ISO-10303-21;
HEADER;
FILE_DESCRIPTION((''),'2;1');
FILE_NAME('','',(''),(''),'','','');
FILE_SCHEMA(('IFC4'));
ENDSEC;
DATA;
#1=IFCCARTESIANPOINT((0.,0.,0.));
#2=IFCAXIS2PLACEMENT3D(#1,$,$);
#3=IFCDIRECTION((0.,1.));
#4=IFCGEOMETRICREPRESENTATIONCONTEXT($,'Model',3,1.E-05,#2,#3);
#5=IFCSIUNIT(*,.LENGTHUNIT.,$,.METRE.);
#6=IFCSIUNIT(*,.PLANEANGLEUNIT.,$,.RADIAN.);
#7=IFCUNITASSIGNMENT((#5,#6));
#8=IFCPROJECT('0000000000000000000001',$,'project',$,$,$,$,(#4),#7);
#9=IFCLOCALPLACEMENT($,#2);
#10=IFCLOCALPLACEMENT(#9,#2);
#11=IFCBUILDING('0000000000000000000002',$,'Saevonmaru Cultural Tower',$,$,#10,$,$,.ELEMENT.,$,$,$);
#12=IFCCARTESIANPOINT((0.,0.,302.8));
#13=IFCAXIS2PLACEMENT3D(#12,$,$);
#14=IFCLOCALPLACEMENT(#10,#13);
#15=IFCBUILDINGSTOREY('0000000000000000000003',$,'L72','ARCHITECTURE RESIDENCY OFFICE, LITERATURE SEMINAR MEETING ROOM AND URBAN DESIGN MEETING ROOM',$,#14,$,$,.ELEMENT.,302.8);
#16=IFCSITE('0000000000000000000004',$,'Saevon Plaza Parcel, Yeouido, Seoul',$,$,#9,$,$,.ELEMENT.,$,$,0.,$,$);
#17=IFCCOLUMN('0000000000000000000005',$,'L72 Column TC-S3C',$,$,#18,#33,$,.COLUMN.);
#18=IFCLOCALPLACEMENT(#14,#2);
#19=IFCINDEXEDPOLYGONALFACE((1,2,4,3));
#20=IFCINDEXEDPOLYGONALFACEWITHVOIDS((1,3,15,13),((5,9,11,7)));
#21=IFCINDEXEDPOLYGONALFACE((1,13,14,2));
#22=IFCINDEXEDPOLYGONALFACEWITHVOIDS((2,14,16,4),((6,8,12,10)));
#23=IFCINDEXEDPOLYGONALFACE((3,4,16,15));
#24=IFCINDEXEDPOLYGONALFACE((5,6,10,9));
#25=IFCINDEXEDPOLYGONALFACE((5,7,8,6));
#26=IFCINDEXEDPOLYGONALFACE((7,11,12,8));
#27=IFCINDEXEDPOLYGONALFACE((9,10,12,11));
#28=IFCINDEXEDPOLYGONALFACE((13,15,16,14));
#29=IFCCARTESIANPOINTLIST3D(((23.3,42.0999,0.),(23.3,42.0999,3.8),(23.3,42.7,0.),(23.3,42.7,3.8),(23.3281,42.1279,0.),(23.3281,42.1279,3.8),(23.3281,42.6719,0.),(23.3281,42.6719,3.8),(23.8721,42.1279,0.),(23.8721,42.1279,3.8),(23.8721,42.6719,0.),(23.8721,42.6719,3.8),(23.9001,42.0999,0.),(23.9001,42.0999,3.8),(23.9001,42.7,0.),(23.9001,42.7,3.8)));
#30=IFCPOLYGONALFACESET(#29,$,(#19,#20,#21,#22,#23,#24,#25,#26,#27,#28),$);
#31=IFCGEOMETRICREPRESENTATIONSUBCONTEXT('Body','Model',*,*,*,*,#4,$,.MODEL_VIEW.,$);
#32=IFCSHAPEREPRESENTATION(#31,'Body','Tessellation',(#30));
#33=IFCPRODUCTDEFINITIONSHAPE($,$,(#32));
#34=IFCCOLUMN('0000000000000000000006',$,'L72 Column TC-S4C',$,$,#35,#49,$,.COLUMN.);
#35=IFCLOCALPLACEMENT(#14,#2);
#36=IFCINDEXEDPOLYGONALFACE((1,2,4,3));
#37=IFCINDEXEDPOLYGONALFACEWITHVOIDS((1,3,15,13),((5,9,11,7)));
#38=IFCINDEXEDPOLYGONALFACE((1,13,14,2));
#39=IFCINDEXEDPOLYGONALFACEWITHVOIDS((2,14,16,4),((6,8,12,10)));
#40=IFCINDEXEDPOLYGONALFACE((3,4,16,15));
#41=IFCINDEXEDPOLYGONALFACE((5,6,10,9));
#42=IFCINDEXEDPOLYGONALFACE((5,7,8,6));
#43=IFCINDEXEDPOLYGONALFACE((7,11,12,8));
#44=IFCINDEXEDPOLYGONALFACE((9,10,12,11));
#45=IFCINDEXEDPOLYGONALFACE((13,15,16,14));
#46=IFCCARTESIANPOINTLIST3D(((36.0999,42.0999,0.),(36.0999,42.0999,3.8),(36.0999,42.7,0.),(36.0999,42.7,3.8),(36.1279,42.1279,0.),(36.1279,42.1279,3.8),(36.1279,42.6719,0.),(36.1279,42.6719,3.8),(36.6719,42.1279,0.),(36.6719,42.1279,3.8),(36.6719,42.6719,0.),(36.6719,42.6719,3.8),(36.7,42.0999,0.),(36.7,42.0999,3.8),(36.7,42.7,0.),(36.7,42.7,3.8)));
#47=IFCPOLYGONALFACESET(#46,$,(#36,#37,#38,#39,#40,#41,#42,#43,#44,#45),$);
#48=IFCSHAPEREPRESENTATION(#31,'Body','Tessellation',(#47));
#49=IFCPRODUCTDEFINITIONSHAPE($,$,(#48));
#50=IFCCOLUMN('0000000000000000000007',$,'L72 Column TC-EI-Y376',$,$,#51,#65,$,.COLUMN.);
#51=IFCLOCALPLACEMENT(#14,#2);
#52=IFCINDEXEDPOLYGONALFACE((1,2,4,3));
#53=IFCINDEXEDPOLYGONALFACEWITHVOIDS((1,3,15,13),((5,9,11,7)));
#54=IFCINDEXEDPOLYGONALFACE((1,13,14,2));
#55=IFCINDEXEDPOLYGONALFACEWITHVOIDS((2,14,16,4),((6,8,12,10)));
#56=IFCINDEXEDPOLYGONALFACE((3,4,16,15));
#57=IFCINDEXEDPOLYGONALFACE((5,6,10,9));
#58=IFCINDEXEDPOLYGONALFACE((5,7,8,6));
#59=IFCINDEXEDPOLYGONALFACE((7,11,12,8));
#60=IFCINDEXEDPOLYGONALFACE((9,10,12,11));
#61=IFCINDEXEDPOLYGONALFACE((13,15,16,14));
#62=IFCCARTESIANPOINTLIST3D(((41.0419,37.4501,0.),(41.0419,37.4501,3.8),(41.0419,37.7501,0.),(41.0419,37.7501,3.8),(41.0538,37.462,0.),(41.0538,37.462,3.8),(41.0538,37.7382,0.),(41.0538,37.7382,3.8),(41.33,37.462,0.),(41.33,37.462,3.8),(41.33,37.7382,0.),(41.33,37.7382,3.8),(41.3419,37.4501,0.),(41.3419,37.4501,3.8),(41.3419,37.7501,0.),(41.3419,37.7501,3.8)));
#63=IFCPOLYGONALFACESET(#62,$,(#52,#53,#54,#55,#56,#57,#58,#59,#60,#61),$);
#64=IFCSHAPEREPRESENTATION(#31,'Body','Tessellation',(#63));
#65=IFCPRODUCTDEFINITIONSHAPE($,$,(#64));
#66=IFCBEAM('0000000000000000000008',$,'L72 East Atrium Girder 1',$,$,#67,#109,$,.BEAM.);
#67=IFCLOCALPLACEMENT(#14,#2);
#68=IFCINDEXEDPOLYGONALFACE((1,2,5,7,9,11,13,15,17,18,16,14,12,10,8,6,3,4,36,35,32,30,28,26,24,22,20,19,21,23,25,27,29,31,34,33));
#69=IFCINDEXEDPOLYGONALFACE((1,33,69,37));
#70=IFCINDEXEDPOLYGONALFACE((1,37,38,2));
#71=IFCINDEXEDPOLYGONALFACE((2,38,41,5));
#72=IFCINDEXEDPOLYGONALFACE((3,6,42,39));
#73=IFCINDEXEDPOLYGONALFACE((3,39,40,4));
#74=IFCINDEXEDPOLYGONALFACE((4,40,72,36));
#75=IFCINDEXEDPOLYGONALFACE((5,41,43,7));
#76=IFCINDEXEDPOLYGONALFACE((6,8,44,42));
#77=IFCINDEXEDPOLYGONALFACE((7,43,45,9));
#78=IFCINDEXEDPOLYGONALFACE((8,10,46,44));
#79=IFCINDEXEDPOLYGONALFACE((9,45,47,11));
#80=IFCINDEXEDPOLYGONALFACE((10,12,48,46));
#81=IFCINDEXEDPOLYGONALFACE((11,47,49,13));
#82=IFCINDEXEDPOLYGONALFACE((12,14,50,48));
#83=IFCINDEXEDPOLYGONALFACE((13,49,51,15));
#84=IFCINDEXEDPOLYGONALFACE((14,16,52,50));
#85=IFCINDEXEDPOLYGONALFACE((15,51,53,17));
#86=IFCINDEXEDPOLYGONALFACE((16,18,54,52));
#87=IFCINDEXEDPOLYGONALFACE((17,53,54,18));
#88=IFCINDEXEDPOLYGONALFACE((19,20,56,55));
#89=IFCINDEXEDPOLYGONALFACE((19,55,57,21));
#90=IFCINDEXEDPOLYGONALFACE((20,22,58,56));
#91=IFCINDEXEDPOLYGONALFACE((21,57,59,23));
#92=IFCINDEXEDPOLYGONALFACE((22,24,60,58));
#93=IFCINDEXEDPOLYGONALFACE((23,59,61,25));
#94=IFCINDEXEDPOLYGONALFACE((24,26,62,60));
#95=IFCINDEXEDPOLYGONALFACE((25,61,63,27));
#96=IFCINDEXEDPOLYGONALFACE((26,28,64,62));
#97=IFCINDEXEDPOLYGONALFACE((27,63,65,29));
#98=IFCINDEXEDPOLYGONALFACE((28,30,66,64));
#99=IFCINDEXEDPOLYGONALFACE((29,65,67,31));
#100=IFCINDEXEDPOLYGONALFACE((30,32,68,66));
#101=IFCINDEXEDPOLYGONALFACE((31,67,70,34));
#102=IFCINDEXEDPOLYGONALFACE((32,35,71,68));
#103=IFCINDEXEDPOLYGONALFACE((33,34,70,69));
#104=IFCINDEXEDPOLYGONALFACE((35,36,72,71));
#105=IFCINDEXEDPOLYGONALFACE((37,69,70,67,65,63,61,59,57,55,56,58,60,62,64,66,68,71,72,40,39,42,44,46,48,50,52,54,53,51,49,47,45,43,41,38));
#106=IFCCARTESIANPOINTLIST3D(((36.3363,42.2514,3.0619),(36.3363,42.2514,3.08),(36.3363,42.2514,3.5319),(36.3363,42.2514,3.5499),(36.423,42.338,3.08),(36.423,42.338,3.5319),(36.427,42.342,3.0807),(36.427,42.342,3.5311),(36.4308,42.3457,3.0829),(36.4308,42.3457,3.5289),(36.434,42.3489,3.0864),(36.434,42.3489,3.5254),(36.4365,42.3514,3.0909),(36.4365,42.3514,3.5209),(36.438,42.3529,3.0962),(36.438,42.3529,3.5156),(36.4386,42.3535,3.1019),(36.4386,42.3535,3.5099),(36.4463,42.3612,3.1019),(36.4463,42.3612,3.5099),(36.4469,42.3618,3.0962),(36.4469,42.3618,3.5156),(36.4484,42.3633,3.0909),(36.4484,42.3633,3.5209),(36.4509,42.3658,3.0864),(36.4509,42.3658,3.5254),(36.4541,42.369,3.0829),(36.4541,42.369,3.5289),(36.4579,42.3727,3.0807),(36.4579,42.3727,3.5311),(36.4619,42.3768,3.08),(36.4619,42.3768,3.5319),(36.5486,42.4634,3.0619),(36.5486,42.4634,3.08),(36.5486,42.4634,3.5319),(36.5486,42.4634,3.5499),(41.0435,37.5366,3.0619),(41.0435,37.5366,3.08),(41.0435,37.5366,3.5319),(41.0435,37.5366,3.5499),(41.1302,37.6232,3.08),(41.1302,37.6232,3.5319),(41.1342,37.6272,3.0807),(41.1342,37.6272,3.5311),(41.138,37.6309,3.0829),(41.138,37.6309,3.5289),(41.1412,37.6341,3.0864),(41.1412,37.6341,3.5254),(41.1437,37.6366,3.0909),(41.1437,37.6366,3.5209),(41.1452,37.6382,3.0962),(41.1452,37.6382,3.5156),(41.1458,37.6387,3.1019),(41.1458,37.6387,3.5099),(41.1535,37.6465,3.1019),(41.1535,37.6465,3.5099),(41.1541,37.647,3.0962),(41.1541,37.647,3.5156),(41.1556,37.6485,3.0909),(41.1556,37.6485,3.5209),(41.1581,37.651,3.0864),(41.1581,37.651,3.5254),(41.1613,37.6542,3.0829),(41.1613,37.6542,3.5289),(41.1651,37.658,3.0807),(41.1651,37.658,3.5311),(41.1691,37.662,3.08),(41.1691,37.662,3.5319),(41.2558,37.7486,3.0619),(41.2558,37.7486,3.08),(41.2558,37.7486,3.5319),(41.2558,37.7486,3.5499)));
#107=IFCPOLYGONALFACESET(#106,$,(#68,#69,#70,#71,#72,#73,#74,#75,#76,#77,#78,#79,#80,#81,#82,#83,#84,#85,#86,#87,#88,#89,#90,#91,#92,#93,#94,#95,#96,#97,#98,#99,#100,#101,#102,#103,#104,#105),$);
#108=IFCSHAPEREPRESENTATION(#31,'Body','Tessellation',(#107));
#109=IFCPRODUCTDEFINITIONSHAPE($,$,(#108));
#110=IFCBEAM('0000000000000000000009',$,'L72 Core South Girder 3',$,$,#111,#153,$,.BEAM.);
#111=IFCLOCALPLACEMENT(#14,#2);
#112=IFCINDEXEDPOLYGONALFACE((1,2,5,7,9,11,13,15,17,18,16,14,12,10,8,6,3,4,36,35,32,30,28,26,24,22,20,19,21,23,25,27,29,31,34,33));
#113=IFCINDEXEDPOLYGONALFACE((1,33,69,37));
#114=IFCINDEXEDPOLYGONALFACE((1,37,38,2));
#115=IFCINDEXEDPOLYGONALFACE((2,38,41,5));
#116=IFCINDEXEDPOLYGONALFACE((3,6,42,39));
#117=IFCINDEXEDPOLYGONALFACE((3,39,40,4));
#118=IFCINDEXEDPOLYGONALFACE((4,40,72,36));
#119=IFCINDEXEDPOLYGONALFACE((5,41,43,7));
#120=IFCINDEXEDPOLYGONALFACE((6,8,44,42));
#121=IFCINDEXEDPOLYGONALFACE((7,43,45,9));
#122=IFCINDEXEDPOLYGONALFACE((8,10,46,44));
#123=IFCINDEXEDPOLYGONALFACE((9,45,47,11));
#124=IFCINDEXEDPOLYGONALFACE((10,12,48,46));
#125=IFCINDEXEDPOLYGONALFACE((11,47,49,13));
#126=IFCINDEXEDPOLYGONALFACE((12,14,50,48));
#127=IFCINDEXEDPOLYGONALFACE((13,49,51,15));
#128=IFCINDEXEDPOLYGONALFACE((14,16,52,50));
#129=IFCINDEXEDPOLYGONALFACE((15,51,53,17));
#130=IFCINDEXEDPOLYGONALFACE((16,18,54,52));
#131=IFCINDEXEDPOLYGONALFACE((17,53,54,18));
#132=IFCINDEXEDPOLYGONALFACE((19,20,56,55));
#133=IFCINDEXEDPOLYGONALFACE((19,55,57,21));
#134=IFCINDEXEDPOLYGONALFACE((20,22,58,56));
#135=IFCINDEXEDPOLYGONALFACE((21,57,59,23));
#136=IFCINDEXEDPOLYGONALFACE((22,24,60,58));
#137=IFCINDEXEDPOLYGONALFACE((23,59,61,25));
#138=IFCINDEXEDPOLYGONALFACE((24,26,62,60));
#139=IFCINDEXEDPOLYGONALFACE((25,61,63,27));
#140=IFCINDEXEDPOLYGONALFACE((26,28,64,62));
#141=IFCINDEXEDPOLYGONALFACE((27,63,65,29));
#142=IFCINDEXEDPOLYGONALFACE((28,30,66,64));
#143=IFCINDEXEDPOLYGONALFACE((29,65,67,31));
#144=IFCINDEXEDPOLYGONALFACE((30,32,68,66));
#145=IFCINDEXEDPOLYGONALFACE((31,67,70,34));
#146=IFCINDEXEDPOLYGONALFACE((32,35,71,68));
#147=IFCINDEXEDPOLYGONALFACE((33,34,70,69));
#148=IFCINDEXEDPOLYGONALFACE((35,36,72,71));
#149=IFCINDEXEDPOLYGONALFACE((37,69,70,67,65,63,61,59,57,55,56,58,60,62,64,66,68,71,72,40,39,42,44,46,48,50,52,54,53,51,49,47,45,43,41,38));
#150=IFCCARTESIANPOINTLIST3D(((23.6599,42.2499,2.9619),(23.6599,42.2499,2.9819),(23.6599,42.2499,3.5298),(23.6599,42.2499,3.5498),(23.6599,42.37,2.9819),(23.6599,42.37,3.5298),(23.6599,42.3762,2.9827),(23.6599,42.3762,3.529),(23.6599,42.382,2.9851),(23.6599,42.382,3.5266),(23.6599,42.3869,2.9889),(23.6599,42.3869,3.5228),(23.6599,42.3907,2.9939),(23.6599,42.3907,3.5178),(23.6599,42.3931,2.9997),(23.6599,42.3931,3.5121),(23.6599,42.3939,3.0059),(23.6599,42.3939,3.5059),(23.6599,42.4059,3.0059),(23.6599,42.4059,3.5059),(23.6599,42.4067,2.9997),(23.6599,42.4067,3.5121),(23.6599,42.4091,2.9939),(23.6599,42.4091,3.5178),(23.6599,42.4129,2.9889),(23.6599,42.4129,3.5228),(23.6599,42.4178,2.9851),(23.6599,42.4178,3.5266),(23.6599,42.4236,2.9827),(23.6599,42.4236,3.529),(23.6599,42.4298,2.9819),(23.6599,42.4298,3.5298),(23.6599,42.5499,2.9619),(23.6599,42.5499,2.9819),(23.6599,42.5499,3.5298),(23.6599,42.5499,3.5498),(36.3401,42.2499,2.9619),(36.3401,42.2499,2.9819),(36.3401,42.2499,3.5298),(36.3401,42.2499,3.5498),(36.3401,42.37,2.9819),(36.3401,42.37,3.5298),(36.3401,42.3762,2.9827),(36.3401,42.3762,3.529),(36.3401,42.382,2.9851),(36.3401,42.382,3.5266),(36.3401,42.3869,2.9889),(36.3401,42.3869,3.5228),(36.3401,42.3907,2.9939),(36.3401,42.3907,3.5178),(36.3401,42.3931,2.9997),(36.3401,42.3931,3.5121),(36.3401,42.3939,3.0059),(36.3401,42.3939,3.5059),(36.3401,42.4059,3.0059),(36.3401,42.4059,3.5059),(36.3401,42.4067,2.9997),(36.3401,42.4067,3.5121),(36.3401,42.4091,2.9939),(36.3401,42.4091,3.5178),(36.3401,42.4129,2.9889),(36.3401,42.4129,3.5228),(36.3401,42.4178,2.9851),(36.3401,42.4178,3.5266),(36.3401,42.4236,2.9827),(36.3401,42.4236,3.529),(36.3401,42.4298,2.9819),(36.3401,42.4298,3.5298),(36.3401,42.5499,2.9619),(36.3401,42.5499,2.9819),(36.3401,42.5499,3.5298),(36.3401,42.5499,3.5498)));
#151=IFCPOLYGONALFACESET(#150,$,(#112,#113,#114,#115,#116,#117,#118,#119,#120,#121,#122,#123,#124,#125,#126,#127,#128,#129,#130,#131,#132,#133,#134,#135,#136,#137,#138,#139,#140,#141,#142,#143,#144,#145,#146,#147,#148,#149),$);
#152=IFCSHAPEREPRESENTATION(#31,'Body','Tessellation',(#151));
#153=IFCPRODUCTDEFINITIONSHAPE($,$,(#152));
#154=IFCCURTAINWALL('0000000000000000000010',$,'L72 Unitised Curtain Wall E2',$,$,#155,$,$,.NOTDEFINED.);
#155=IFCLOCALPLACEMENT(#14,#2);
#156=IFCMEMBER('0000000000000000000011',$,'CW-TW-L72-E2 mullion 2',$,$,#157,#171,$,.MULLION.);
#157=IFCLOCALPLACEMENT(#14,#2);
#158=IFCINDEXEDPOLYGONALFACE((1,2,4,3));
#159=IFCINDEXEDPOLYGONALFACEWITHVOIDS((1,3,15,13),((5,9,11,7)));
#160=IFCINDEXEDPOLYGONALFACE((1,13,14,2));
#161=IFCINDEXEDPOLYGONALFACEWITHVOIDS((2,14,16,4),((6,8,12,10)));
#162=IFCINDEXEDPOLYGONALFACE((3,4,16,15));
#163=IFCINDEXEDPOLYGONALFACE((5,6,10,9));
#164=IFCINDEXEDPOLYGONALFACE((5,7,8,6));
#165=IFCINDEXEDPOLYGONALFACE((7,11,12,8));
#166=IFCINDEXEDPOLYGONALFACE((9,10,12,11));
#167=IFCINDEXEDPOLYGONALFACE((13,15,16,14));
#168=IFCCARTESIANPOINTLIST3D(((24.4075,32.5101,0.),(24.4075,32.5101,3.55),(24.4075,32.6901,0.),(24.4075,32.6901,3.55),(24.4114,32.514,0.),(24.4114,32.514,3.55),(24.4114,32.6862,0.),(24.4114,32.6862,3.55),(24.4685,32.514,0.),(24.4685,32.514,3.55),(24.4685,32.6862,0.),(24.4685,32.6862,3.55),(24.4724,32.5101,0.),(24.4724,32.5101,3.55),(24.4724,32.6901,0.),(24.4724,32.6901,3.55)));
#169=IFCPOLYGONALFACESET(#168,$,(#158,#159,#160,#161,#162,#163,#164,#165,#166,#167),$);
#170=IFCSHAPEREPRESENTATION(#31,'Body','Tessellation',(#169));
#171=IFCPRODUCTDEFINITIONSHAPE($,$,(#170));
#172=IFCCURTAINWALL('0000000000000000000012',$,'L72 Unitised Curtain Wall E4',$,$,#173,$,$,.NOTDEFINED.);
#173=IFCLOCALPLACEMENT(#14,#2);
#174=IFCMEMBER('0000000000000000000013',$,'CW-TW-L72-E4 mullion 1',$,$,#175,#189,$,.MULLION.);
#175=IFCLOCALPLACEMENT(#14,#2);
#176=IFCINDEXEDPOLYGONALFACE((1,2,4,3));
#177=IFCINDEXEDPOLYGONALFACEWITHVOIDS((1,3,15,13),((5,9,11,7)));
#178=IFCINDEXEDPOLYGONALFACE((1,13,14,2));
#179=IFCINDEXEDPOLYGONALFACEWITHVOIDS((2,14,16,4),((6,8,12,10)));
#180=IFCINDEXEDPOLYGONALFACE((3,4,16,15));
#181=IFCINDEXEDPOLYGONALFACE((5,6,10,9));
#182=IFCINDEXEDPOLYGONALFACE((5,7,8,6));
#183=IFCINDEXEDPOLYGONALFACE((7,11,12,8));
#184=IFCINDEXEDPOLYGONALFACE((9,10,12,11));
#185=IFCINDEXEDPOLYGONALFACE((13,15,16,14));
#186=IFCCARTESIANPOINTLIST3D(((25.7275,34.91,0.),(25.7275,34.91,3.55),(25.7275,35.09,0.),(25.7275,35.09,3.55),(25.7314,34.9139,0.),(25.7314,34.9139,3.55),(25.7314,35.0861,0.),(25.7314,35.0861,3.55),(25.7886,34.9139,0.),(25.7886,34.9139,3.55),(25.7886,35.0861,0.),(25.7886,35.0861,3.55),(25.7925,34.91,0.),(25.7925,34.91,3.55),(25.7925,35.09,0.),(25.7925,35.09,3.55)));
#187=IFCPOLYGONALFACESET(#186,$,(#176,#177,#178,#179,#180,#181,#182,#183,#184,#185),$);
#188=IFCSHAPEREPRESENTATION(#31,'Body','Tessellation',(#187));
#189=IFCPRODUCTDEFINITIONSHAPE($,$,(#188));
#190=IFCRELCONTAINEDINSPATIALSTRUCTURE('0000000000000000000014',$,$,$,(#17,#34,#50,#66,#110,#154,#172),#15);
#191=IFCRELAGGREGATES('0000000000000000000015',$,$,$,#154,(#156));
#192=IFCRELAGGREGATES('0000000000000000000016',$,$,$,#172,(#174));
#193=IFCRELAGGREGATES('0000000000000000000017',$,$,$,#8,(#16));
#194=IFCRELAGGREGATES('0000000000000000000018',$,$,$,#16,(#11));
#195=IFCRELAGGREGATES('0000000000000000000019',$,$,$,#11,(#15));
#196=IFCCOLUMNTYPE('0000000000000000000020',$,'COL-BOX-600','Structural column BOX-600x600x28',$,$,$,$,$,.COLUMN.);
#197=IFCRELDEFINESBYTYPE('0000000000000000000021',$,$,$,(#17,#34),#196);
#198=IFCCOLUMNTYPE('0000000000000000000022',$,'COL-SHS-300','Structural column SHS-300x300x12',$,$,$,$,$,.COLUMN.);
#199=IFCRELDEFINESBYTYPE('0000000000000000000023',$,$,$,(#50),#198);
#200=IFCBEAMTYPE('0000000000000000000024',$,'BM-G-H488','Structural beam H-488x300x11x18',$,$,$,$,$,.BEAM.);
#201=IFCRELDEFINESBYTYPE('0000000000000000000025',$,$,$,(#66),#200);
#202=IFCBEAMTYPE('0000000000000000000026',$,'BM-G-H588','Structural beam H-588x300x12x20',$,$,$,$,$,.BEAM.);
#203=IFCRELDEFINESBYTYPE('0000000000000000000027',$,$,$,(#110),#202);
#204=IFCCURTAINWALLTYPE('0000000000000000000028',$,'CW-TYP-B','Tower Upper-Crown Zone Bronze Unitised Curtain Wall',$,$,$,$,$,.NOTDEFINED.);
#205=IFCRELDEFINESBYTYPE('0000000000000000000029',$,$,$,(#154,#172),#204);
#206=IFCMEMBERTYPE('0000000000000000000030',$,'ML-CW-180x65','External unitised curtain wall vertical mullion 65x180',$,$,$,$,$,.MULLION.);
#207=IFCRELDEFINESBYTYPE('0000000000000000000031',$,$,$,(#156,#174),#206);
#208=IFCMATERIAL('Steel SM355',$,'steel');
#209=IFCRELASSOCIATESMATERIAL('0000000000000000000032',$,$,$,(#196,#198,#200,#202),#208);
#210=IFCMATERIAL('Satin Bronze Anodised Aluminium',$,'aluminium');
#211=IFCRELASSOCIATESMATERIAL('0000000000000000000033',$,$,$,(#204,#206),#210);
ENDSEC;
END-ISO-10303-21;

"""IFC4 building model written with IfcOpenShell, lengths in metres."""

from ifc_helpers import new_model, si_unit, direction, frame, origin, origin_2d, place, context, subcontext, project, spatial, hollow_rectangle, i_section, extrude, material, material_profile, profile_set, type_object, element, aggregate, save


model = new_model("IFC4")

# Units and contexts
model_context = context("Model", 3, precision=1e-05, world=origin(), true_north=direction((0.0, 1.0)))
body_context = subcontext(model_context, "Body", "Model", "MODEL_VIEW")
ifc_project = project(units=[si_unit("LENGTHUNIT", "METRE"), si_unit("PLANEANGLEUNIT", "RADIAN")], contexts=[model_context])

# Site, building, storey
site_placement = place(None, origin())
site = spatial("IfcSite", under=ifc_project, at=site_placement, Name="Saevon Plaza Parcel, Yeouido, Seoul", CompositionType="ELEMENT", RefElevation=0.0)
building_placement = place(site_placement, origin())
building = spatial("IfcBuilding", under=site, at=building_placement, Name="Saevonmaru Cultural Tower", CompositionType="ELEMENT")
storey_placement = place(building_placement, frame((0.0, 0.0, 302.8)))
storey = spatial("IfcBuildingStorey", under=building, at=storey_placement, Name="L72", Description="ARCHITECTURE RESIDENCY OFFICE, LITERATURE SEMINAR MEETING ROOM AND URBAN DESIGN MEETING ROOM", CompositionType="ELEMENT", Elevation=302.8)

# Columns
ifc_material_1 = material(Name="Steel SM355", Category="steel")
ifc_material_profile_1 = material_profile(ifc_material_1, hollow_rectangle(XDim=0.6001, YDim=0.6001, WallThickness=0.0281, at=origin_2d()), Name="BOX-600x600x28")
ifc_profile_set_1 = profile_set([ifc_material_profile_1], Name="Steel SM355")
column_type_1 = type_object("IfcColumnType", Name="COL-BOX-600", Description="Structural column BOX-600x600x28", PredefinedType="COLUMN", material=ifc_profile_set_1)
for number, where, z_axis, x_axis, name in (
    (1, (23.6001, 42.3999, 0.0), (0.0, 0.0, 1.0), (1.0, 0.0, 0.0), "L72 Column TC-S3C"),
    (2, (36.3999, 42.3999, 0.0), (0.0, 0.0, 1.0), (1.0, 0.0, 0.0), "L72 Column TC-S4C"),
):
    element("IfcColumn", number, at=place(storey_placement, frame(where, z_axis=z_axis, x_axis=x_axis)), inside=storey, type_object=column_type_1, Name=name, PredefinedType="COLUMN", context=body_context, shape_type="SweptSolid", body=[
        extrude(hollow_rectangle(XDim=0.6001, YDim=0.6001, WallThickness=0.0281, at=origin_2d()), origin(), (0.0, 0.0, 1.0), 3.8),
    ])
ifc_material_profile_2 = material_profile(ifc_material_1, hollow_rectangle(XDim=0.3, YDim=0.3, WallThickness=0.012, at=origin_2d()), Name="SHS-300x300x12")
ifc_profile_set_2 = profile_set([ifc_material_profile_2], Name="Steel SM355")
column_type_2 = type_object("IfcColumnType", Name="COL-SHS-300", Description="Structural column SHS-300x300x12", PredefinedType="COLUMN", material=ifc_profile_set_2)
column_placement = place(storey_placement, frame((41.1919, 37.6001, 0.0), z_axis=(0.0, 0.0, 1.0), x_axis=(1.0, 0.0, 0.0)))
element("IfcColumn", 3, at=column_placement, inside=storey, type_object=column_type_2, Name="L72 Column TC-EI-Y376", PredefinedType="COLUMN", context=body_context, shape_type="SweptSolid", body=[
    extrude(hollow_rectangle(XDim=0.3, YDim=0.3, WallThickness=0.012, at=origin_2d()), origin(), (0.0, 0.0, 1.0), 3.8),
])

# Beams
ifc_material_profile_3 = material_profile(ifc_material_1, i_section(OverallWidth=0.3, OverallDepth=0.488, WebThickness=0.011, FlangeThickness=0.0181, FilletRadius=0.022, at=origin_2d()), Name="H-488x300x11x18")
ifc_profile_set_3 = profile_set([ifc_material_profile_3], Name="Steel SM355")
beam_type_1 = type_object("IfcBeamType", Name="BM-G-H488", Description="Structural beam H-488x300x11x18", PredefinedType="BEAM", material=ifc_profile_set_3)
beam_1_placement = place(storey_placement, frame((41.1497, 37.6426, 3.3059), z_axis=(-0.706539, 0.707675, 0.0), x_axis=(-0.707675, -0.706539, 0.0)))
element("IfcBeam", 4, at=beam_1_placement, inside=storey, type_object=beam_type_1, Name="L72 East Atrium Girder 1", PredefinedType="BEAM", context=body_context, shape_type="SweptSolid", body=[
    extrude(i_section(OverallWidth=0.3, OverallDepth=0.488, WebThickness=0.011, FlangeThickness=0.0181, FilletRadius=0.022, at=origin_2d()), origin(), (0.0, 0.0, 1.0), 6.6624),
])
ifc_material_profile_4 = material_profile(ifc_material_1, i_section(OverallWidth=0.3, OverallDepth=0.5879, WebThickness=0.012, FlangeThickness=0.02, FilletRadius=0.0239, at=origin_2d()), Name="H-588x300x12x20")
ifc_profile_set_4 = profile_set([ifc_material_profile_4], Name="Steel SM355")
beam_type_2 = type_object("IfcBeamType", Name="BM-G-H588", Description="Structural beam H-588x300x12x20", PredefinedType="BEAM", material=ifc_profile_set_4)
beam_2_placement = place(storey_placement, frame((23.6599, 42.3999, 3.2559), z_axis=(1.0, 0.0, 0.0), x_axis=(0.0, 1.0, 0.0)))
element("IfcBeam", 5, at=beam_2_placement, inside=storey, type_object=beam_type_2, Name="L72 Core South Girder 3", PredefinedType="BEAM", context=body_context, shape_type="SweptSolid", body=[
    extrude(i_section(OverallWidth=0.3, OverallDepth=0.5879, WebThickness=0.012, FlangeThickness=0.02, FilletRadius=0.0239, at=origin_2d()), origin(), (0.0, 0.0, 1.0), 12.6802),
])

# Curtain wall, member
ifc_material_2 = material(Name="Satin Bronze Anodised Aluminium", Category="aluminium")
curtain_wall_type = type_object("IfcCurtainWallType", Name="CW-TYP-B", Description="Tower Upper-Crown Zone Bronze Unitised Curtain Wall", PredefinedType="NOTDEFINED", material=ifc_material_2)
curtain_wall_1_placement = place(storey_placement, origin())
curtain_wall_1 = element("IfcCurtainWall", 6, at=curtain_wall_1_placement, inside=storey, type_object=curtain_wall_type, Name="L72 Unitised Curtain Wall E2", PredefinedType="NOTDEFINED")
ifc_material_profile_5 = material_profile(ifc_material_2, hollow_rectangle(XDim=0.0649, YDim=0.1799, WallThickness=0.0039, at=origin_2d()), Name="ALU-MULL-180x65x4")
ifc_profile_set_5 = profile_set([ifc_material_profile_5], Name="Satin Bronze Anodised Aluminium")
member_type_1 = type_object("IfcMemberType", Name="ML-CW-180x65", Description="External unitised curtain wall vertical mullion 65x180", PredefinedType="MULLION", material=ifc_profile_set_5)
member_1_placement = place(storey_placement, frame((24.4399, 32.6001, 0.0), z_axis=(0.0, 0.0, 1.0), x_axis=(1.0, 0.0, 0.0)))
member_1 = element("IfcMember", 7, at=member_1_placement, type_object=member_type_1, Name="CW-TW-L72-E2 mullion 2", PredefinedType="MULLION", context=body_context, shape_type="SweptSolid", body=[
    extrude(hollow_rectangle(XDim=0.0649, YDim=0.1799, WallThickness=0.0039, at=origin_2d()), origin(), (0.0, 0.0, 1.0), 3.55),
])
aggregate(curtain_wall_1, [member_1])

# Curtain wall, member
curtain_wall_2_placement = place(storey_placement, origin())
curtain_wall_2 = element("IfcCurtainWall", 8, at=curtain_wall_2_placement, inside=storey, type_object=curtain_wall_type, Name="L72 Unitised Curtain Wall E4", PredefinedType="NOTDEFINED")
member_2_placement = place(storey_placement, frame((25.76, 35.0, 0.0), z_axis=(0.0, 0.0, 1.0), x_axis=(1.0, 0.0, 0.0)))
member_2 = element("IfcMember", 9, at=member_2_placement, type_object=member_type_1, Name="CW-TW-L72-E4 mullion 1", PredefinedType="MULLION", context=body_context, shape_type="SweptSolid", body=[
    extrude(hollow_rectangle(XDim=0.0649, YDim=0.1799, WallThickness=0.0039, at=origin_2d()), origin(), (0.0, 0.0, 1.0), 3.55),
])

aggregate(curtain_wall_2, [member_2])

save(model, "model.ifc")
